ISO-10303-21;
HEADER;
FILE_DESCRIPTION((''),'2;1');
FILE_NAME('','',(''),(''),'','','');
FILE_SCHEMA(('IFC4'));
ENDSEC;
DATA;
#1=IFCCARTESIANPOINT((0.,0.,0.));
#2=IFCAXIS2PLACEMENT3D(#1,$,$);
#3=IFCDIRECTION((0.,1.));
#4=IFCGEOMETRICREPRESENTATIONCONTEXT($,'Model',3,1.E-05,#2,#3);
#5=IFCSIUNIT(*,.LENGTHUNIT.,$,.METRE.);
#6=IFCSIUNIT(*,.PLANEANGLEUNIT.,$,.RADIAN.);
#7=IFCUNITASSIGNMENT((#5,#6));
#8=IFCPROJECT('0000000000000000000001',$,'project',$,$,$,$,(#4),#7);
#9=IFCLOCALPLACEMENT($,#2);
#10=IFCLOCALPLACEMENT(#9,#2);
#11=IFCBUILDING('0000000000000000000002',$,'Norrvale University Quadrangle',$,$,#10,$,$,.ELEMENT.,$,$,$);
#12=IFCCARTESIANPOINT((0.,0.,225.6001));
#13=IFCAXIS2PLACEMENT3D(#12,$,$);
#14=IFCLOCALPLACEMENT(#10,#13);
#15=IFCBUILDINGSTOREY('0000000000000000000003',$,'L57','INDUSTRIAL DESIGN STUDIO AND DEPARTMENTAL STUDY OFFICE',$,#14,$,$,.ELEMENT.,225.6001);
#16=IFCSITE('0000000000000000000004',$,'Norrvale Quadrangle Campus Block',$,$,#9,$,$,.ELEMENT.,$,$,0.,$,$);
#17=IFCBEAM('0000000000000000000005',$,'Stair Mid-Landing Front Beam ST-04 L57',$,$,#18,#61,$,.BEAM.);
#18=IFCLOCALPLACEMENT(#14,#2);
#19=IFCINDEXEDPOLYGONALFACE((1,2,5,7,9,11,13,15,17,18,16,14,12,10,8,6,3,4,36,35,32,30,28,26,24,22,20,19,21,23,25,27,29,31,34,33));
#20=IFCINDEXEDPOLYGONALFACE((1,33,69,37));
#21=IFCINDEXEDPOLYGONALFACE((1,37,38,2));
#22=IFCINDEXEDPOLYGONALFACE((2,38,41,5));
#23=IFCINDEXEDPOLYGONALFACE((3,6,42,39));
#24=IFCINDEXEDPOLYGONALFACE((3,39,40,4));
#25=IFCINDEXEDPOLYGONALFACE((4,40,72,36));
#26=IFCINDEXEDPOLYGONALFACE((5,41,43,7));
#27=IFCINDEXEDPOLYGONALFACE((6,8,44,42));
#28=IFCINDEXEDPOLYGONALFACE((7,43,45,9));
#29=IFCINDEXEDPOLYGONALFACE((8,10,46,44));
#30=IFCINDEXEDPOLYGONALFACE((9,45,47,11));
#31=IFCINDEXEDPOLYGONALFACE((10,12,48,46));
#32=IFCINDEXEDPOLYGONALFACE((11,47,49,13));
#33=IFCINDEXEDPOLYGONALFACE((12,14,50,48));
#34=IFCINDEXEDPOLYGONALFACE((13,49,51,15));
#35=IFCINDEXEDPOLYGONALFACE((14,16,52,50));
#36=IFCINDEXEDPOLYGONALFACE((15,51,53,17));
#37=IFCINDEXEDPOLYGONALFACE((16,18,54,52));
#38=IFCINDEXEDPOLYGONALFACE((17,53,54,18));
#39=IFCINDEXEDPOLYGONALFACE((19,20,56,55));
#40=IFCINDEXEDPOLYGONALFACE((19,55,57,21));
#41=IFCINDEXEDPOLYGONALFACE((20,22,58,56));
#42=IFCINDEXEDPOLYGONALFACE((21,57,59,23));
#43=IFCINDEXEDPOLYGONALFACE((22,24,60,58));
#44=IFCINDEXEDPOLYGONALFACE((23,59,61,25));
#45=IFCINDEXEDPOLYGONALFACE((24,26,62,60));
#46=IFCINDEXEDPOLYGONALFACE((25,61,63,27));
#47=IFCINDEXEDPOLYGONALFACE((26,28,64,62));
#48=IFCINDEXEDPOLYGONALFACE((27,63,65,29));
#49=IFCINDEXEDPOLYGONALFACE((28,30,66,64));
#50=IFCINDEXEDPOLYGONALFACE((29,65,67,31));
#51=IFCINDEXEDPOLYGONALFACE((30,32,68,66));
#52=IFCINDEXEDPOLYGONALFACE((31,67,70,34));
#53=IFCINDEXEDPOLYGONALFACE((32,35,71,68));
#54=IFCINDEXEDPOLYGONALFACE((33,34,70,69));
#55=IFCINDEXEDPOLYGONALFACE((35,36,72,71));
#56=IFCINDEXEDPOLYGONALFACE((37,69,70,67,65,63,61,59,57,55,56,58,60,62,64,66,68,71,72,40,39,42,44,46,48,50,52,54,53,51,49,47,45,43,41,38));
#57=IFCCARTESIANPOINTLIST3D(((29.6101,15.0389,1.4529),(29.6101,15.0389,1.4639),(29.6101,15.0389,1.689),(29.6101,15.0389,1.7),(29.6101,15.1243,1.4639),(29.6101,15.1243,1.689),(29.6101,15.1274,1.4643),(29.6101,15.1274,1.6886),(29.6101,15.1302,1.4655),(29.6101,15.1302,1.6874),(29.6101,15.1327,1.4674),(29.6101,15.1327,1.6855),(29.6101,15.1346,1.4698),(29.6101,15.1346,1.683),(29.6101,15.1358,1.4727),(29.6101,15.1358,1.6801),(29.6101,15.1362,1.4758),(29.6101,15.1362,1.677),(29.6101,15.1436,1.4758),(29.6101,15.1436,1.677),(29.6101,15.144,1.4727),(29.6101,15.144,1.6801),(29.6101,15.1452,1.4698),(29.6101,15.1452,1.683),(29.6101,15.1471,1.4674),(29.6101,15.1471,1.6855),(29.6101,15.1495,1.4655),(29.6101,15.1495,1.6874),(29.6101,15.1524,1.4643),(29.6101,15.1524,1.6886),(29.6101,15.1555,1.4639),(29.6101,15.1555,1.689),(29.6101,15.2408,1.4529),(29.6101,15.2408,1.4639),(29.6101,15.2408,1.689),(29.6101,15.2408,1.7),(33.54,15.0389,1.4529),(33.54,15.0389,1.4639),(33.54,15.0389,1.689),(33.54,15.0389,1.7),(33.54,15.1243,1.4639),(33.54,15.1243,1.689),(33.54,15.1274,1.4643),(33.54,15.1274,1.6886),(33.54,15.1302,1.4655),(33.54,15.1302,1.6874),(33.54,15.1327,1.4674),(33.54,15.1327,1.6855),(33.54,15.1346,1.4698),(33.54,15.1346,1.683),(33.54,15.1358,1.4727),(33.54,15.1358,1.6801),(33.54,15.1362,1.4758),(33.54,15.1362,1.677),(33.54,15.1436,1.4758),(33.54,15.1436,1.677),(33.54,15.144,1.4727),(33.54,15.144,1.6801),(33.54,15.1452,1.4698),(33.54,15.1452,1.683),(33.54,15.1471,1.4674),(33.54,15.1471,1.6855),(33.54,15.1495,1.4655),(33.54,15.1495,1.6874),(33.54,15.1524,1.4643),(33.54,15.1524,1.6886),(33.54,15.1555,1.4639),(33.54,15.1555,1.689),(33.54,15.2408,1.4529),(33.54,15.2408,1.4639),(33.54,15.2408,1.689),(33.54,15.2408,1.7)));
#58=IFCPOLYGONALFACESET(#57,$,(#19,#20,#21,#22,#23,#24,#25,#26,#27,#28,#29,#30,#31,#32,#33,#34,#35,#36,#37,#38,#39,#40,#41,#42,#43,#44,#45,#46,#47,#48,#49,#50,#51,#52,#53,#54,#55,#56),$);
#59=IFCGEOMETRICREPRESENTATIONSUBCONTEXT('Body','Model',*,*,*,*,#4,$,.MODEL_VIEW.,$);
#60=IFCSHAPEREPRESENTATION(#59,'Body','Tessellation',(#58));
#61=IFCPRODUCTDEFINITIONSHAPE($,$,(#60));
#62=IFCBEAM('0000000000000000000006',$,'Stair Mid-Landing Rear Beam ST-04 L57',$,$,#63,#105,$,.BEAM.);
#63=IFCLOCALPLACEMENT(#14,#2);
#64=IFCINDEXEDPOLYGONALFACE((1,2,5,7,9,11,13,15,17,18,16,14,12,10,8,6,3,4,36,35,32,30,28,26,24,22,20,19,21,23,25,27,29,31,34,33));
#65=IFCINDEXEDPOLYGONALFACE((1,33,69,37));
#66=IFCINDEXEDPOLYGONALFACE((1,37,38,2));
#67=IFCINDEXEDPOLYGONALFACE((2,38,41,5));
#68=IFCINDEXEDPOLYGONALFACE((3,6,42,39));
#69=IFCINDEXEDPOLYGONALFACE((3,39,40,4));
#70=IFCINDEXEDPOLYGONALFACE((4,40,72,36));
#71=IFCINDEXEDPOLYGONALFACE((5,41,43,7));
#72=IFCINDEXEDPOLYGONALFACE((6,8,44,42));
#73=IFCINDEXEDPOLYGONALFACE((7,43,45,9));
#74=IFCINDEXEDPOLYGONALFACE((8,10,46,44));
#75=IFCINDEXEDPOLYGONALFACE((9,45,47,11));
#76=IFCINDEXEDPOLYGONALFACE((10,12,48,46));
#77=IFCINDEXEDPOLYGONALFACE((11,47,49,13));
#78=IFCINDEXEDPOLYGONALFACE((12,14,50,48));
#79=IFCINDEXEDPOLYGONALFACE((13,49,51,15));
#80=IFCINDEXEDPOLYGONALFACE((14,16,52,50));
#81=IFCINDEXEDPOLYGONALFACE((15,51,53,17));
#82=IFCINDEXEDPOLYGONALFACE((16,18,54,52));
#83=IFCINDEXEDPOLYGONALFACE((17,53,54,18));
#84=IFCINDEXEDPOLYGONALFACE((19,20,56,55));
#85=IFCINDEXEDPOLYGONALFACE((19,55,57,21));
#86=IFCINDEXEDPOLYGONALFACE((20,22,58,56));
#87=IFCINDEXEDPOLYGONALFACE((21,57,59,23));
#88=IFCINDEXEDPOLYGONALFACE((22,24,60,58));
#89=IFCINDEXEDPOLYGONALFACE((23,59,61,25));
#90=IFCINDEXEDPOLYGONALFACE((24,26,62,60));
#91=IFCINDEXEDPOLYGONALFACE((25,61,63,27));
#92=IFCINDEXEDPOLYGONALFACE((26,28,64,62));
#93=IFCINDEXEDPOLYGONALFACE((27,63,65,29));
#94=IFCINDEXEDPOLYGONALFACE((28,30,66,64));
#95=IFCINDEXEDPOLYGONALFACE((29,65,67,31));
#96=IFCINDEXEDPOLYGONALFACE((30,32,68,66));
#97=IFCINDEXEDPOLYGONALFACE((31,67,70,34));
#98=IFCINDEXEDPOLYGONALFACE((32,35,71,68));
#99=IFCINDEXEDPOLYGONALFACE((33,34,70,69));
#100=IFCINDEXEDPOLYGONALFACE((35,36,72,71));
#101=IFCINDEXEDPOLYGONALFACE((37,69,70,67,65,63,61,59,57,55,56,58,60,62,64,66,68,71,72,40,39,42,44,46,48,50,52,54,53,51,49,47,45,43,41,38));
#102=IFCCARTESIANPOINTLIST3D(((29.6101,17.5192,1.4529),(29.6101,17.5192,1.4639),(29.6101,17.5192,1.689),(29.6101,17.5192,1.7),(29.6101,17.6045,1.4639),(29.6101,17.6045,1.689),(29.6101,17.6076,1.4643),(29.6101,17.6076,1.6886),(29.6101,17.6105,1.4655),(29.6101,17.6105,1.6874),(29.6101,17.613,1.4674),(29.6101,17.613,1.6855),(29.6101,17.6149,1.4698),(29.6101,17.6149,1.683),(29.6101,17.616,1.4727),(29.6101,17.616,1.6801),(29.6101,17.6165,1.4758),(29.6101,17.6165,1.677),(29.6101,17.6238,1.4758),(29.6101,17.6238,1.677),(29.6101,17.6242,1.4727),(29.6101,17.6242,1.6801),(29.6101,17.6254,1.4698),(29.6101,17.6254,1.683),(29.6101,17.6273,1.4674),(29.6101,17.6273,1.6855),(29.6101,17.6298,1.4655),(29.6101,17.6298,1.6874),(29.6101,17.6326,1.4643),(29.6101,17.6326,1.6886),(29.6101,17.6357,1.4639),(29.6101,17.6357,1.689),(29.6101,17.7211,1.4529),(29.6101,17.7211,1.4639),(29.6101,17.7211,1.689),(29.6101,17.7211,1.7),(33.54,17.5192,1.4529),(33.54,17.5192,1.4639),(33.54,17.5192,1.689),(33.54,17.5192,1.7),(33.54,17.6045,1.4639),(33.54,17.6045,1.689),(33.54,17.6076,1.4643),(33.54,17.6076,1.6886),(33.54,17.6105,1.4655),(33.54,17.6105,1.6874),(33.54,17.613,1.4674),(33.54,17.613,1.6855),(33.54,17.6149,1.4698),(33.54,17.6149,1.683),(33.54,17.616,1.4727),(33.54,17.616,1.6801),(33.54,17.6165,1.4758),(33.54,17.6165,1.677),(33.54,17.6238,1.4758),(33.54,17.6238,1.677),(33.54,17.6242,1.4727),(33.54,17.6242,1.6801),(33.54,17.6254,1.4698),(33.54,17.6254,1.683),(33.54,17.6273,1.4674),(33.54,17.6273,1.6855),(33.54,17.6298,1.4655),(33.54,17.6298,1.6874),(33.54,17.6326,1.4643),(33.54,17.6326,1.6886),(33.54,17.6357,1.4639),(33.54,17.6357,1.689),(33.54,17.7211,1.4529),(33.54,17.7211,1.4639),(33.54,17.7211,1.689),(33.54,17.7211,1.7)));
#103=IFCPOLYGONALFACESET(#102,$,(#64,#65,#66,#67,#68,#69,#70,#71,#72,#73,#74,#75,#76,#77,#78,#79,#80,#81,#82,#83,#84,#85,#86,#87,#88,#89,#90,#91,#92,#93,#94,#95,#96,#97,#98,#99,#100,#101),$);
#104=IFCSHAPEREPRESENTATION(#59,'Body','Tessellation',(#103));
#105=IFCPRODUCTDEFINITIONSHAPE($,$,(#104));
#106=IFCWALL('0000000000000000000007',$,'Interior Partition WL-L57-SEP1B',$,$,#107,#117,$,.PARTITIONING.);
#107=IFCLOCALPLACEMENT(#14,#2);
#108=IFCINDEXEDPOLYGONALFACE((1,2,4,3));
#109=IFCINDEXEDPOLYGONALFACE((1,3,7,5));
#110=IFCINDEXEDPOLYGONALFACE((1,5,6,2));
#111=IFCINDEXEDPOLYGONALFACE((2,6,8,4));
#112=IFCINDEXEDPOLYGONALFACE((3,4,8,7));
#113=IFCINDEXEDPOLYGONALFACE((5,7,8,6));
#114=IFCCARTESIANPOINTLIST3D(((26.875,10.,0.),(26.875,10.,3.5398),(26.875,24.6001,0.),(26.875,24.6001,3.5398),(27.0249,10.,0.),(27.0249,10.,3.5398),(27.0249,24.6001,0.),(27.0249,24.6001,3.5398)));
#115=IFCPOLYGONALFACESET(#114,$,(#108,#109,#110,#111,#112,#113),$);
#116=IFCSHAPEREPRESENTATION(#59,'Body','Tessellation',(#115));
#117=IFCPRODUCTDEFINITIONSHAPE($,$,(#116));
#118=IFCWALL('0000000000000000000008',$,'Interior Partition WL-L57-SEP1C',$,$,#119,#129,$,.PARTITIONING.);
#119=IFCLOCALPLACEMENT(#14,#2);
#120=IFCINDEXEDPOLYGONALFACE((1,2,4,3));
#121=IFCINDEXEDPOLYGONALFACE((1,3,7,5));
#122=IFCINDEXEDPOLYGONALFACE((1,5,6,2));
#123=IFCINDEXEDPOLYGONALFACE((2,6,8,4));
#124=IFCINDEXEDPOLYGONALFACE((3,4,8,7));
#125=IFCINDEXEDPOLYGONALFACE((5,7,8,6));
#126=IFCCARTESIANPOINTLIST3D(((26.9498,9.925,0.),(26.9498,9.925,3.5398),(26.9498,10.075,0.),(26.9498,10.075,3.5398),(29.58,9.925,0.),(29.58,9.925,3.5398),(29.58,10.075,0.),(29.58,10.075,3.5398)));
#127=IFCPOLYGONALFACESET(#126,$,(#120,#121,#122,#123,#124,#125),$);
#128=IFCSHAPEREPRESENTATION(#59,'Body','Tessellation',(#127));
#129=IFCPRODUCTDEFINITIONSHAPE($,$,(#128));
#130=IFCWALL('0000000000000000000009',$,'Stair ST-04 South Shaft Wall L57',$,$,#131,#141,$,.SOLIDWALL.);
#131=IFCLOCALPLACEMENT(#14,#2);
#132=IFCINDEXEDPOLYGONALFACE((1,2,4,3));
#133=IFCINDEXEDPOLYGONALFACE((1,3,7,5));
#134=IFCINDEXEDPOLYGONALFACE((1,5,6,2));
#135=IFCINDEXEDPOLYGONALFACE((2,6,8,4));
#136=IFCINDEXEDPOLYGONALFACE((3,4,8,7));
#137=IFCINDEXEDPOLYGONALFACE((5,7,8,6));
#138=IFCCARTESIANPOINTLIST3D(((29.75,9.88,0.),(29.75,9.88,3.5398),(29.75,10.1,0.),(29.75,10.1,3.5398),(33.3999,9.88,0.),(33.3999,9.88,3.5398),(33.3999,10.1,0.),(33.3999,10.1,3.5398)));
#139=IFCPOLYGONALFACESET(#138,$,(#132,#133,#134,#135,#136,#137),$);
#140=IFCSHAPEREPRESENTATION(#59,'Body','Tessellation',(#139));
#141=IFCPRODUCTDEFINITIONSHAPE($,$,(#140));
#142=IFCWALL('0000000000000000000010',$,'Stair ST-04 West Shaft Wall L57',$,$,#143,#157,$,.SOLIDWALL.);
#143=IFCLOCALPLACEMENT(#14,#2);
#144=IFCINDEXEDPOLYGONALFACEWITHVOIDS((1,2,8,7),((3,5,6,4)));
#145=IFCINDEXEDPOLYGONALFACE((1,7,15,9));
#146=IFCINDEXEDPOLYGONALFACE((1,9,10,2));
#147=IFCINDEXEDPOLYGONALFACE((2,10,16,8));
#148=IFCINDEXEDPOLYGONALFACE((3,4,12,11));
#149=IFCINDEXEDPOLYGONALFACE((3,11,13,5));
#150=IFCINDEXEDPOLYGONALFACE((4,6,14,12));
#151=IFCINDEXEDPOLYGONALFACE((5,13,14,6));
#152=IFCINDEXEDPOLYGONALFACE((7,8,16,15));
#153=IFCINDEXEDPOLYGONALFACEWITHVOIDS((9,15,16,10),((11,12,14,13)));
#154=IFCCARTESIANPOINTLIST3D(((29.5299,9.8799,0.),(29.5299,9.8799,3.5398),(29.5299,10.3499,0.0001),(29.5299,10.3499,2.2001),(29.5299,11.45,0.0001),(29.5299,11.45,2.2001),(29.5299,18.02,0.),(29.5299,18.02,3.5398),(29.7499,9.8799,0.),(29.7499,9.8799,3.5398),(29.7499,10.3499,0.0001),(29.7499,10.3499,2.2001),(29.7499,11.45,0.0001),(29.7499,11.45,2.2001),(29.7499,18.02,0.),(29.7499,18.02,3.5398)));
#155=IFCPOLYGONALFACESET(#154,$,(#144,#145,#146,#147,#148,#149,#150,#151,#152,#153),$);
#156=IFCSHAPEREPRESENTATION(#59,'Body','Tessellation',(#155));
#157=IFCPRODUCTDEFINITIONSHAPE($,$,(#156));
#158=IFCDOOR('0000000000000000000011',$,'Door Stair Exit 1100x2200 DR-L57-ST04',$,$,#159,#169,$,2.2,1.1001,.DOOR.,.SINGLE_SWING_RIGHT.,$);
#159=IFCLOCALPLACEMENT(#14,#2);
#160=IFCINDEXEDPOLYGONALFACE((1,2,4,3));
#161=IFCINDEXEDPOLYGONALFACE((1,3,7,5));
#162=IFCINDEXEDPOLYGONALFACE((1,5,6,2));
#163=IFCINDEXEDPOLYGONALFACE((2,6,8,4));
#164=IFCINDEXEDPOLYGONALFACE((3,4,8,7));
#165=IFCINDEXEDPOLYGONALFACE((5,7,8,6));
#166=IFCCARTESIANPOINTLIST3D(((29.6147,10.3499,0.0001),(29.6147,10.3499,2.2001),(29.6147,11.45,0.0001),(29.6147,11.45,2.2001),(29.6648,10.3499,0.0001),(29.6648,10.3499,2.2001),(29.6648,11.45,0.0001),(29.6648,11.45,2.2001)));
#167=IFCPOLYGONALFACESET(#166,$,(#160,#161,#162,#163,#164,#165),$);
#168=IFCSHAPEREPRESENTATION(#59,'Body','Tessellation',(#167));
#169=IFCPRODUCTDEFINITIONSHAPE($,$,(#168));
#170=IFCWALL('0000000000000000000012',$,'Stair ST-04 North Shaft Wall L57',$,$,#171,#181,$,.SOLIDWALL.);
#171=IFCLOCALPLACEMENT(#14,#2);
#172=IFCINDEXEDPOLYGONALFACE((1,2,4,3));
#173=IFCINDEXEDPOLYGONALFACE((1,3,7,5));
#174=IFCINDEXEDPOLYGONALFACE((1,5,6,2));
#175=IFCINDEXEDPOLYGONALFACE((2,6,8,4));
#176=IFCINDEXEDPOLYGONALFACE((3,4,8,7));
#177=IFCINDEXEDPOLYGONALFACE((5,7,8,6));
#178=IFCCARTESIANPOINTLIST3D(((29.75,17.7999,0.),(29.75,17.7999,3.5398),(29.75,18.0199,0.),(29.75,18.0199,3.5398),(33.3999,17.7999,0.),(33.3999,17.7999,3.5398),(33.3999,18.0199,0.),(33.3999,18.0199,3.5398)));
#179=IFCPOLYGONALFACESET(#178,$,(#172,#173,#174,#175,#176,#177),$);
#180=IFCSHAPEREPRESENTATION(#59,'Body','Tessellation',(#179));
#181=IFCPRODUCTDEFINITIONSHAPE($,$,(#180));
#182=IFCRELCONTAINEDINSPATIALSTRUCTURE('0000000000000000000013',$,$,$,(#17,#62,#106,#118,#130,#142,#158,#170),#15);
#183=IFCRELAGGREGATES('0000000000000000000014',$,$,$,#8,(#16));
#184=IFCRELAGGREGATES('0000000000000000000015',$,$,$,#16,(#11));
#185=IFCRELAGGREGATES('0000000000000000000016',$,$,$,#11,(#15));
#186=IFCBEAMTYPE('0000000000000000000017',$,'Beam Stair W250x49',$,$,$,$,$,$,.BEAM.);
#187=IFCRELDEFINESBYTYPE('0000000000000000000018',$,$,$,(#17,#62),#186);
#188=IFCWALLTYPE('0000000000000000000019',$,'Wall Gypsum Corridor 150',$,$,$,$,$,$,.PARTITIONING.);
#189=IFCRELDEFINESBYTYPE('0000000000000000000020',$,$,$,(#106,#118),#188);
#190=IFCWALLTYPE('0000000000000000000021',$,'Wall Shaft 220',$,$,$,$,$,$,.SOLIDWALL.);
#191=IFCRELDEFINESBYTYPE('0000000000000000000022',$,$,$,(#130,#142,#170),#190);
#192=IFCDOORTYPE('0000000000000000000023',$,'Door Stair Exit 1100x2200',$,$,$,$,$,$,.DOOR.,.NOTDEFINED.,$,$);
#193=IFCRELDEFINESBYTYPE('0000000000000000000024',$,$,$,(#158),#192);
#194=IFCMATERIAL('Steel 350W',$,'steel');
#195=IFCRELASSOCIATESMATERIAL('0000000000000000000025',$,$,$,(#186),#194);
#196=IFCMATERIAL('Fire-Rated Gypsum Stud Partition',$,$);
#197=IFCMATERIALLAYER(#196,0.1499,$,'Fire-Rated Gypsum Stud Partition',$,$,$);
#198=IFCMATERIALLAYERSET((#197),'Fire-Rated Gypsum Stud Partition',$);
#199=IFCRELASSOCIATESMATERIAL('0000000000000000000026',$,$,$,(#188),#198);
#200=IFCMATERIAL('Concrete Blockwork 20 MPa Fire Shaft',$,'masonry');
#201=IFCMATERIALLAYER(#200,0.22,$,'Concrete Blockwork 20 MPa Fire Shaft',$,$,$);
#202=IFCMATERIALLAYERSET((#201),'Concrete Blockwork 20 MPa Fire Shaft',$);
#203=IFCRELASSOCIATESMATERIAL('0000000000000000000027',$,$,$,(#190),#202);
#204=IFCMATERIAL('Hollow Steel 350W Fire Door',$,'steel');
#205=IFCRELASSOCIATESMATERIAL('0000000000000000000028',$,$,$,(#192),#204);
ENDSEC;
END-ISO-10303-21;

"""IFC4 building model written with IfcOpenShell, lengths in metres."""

from ifc_helpers import new_model, si_unit, direction, frame, frame_2d, origin, origin_2d, place, context, subcontext, project, spatial, rectangle, i_section, extrude, material, layer, layer_set, material_profile, profile_set, type_object, element, fill, save


model = new_model("IFC4")

# Units and contexts
model_context = context("Model", 3, precision=1e-05, world=origin(), true_north=direction((0.0, 1.0)))
body_context = subcontext(model_context, "Body", "Model", "MODEL_VIEW")
ifc_project = project(units=[si_unit("LENGTHUNIT", "METRE"), si_unit("PLANEANGLEUNIT", "RADIAN")], contexts=[model_context])

# Site, building, storey
site_placement = place(None, origin())
site = spatial("IfcSite", under=ifc_project, at=site_placement, Name="Norrvale Quadrangle Campus Block", CompositionType="ELEMENT", RefElevation=0.0)
building_placement = place(site_placement, origin())
building = spatial("IfcBuilding", under=site, at=building_placement, Name="Norrvale University Quadrangle", CompositionType="ELEMENT")
storey_placement = place(building_placement, frame((0.0, 0.0, 225.6001)))
storey = spatial("IfcBuildingStorey", under=building, at=storey_placement, Name="L57", Description="INDUSTRIAL DESIGN STUDIO AND DEPARTMENTAL STUDY OFFICE", CompositionType="ELEMENT", Elevation=225.6001)

# Beams
ifc_material_1 = material(Name="Steel 350W", Category="steel")
ifc_material_profile_1 = material_profile(ifc_material_1, i_section(OverallWidth=0.2019, OverallDepth=0.2471, WebThickness=0.0073, FlangeThickness=0.011, FilletRadius=0.012, at=origin_2d()), Name="Steel 350W")
ifc_profile_set_1 = profile_set([ifc_material_profile_1], Name="Steel 350W")
beam_type_1 = type_object("IfcBeamType", Name="Beam Stair W250x49", PredefinedType="BEAM", material=ifc_profile_set_1)
for number, where, z_axis, x_axis, name in (
    (1, (29.6101, 15.1399, 1.5764), (1.0, 0.0, 0.0), (0.0, 1.0, 0.0), "Stair Mid-Landing Front Beam ST-04 L57"),
    (2, (29.6101, 17.6201, 1.5764), (1.0, 0.0, 0.0), (0.0, 1.0, 0.0), "Stair Mid-Landing Rear Beam ST-04 L57"),
):
    element("IfcBeam", number, at=place(storey_placement, frame(where, z_axis=z_axis, x_axis=x_axis)), inside=storey, type_object=beam_type_1, Name=name, PredefinedType="BEAM", context=body_context, shape_type="SweptSolid", body=[
        extrude(i_section(OverallWidth=0.2019, OverallDepth=0.2471, WebThickness=0.0073, FlangeThickness=0.011, FilletRadius=0.012, at=origin_2d()), origin(), (0.0, 0.0, 1.0), 3.9299),
    ])

# Walls
ifc_material_2 = material(Name="Fire-Rated Gypsum Stud Partition")
ifc_layer_1 = layer(ifc_material_2, 0.1499, Name="Fire-Rated Gypsum Stud Partition")
ifc_layer_set_1 = layer_set([ifc_layer_1], Name="Fire-Rated Gypsum Stud Partition")
wall_type_1 = type_object("IfcWallType", Name="Wall Gypsum Corridor 150", PredefinedType="PARTITIONING", material=ifc_layer_set_1)
wall_1_placement = place(storey_placement, frame((26.95, 10.0, 0.0), z_axis=(0.0, 0.0, 1.0), x_axis=(0.0, 1.0, 0.0)))
element("IfcWall", 3, at=wall_1_placement, inside=storey, type_object=wall_type_1, Name="Interior Partition WL-L57-SEP1B", PredefinedType="PARTITIONING", context=body_context, shape_type="SweptSolid", body=[
    extrude(rectangle(XDim=14.6001, YDim=0.1499, at=frame_2d((7.3, 0.0))), origin(), (0.0, 0.0, 1.0), 3.5398),
])
wall_2_placement = place(storey_placement, frame((26.95, 10.0, 0.0), z_axis=(0.0, 0.0, 1.0), x_axis=(1.0, 0.0, 0.0)))
element("IfcWall", 4, at=wall_2_placement, inside=storey, type_object=wall_type_1, Name="Interior Partition WL-L57-SEP1C", PredefinedType="PARTITIONING", context=body_context, shape_type="SweptSolid", body=[
    extrude(rectangle(XDim=2.6301, YDim=0.1499, at=frame_2d((1.3149, 0.0))), origin(), (0.0, 0.0, 1.0), 3.5398),
])
ifc_material_3 = material(Name="Concrete Blockwork 20 MPa Fire Shaft", Category="masonry")
ifc_layer_2 = layer(ifc_material_3, 0.22, Name="Concrete Blockwork 20 MPa Fire Shaft")
ifc_layer_set_2 = layer_set([ifc_layer_2], Name="Concrete Blockwork 20 MPa Fire Shaft")
wall_type_2 = type_object("IfcWallType", Name="Wall Shaft 220", PredefinedType="SOLIDWALL", material=ifc_layer_set_2)
wall_3_placement = place(storey_placement, frame((29.75, 9.99, 0.0), z_axis=(0.0, 0.0, 1.0), x_axis=(1.0, 0.0, 0.0)))
element("IfcWall", 5, at=wall_3_placement, inside=storey, type_object=wall_type_2, Name="Stair ST-04 South Shaft Wall L57", PredefinedType="SOLIDWALL", context=body_context, shape_type="SweptSolid", body=[
    extrude(rectangle(XDim=3.6499, YDim=0.22, at=frame_2d((1.825, 0.0))), origin(), (0.0, 0.0, 1.0), 3.5398),
])

# Wall, opening, door
wall_4_placement = place(storey_placement, frame((29.6399, 9.8799, 0.0), z_axis=(0.0, 0.0, 1.0), x_axis=(0.0, 1.0, 0.0)))
wall_4 = element("IfcWall", 6, at=wall_4_placement, inside=storey, type_object=wall_type_2, Name="Stair ST-04 West Shaft Wall L57", PredefinedType="SOLIDWALL", context=body_context, shape_type="SweptSolid", body=[
    extrude(rectangle(XDim=8.1401, YDim=0.22, at=frame_2d((4.0701, 0.0))), origin(), (0.0, 0.0, 1.0), 3.5398),
])
opening_placement = place(wall_4_placement, frame((0.47, 0.0, 0.0)))
opening = element("IfcOpeningElement", 7, at=opening_placement, cuts=wall_4, PredefinedType="OPENING", context=body_context, shape_type="SweptSolid", body=[
    extrude(rectangle(XDim=1.1001, YDim=2.2, at=frame_2d((0.55, 1.1001))), frame((0.0, 0.1221, 0.0), z_axis=(0.0, -1.0, 0.0), x_axis=(1.0, 0.0, 0.0)), (0.0, 0.0, 1.0), 0.2439),
])
ifc_material_4 = material(Name="Hollow Steel 350W Fire Door", Category="steel")
door_type = type_object("IfcDoorType", Name="Door Stair Exit 1100x2200", OperationType="NOTDEFINED", PredefinedType="DOOR", material=ifc_material_4)
door_placement = place(opening_placement, frame((1.1001, 0.0, 0.0), z_axis=(0.0, 0.0, 1.0), x_axis=(-1.0, 0.0, 0.0)))
door = element("IfcDoor", 8, at=door_placement, inside=storey, type_object=door_type, Name="Door Stair Exit 1100x2200 DR-L57-ST04", OperationType="SINGLE_SWING_RIGHT", OverallHeight=2.2, OverallWidth=1.1001, PredefinedType="DOOR", context=body_context, shape_type="SweptSolid", body=[
    extrude(rectangle(XDim=1.1001, YDim=2.2, at=frame_2d((0.55, 1.1001))), frame((0.0, 0.0249, 0.0), z_axis=(0.0, -1.0, 0.0), x_axis=(1.0, 0.0, 0.0)), (0.0, 0.0, 1.0), 0.05),
])
fill(opening, door)

# Wall
wall_5_placement = place(storey_placement, frame((29.75, 17.9099, 0.0), z_axis=(0.0, 0.0, 1.0), x_axis=(1.0, 0.0, 0.0)))
element("IfcWall", 9, at=wall_5_placement, inside=storey, type_object=wall_type_2, Name="Stair ST-04 North Shaft Wall L57", PredefinedType="SOLIDWALL", context=body_context, shape_type="SweptSolid", body=[
    extrude(rectangle(XDim=3.6499, YDim=0.22, at=frame_2d((1.825, 0.0))), origin(), (0.0, 0.0, 1.0), 3.5398),
])

save(model, "model.ifc")
